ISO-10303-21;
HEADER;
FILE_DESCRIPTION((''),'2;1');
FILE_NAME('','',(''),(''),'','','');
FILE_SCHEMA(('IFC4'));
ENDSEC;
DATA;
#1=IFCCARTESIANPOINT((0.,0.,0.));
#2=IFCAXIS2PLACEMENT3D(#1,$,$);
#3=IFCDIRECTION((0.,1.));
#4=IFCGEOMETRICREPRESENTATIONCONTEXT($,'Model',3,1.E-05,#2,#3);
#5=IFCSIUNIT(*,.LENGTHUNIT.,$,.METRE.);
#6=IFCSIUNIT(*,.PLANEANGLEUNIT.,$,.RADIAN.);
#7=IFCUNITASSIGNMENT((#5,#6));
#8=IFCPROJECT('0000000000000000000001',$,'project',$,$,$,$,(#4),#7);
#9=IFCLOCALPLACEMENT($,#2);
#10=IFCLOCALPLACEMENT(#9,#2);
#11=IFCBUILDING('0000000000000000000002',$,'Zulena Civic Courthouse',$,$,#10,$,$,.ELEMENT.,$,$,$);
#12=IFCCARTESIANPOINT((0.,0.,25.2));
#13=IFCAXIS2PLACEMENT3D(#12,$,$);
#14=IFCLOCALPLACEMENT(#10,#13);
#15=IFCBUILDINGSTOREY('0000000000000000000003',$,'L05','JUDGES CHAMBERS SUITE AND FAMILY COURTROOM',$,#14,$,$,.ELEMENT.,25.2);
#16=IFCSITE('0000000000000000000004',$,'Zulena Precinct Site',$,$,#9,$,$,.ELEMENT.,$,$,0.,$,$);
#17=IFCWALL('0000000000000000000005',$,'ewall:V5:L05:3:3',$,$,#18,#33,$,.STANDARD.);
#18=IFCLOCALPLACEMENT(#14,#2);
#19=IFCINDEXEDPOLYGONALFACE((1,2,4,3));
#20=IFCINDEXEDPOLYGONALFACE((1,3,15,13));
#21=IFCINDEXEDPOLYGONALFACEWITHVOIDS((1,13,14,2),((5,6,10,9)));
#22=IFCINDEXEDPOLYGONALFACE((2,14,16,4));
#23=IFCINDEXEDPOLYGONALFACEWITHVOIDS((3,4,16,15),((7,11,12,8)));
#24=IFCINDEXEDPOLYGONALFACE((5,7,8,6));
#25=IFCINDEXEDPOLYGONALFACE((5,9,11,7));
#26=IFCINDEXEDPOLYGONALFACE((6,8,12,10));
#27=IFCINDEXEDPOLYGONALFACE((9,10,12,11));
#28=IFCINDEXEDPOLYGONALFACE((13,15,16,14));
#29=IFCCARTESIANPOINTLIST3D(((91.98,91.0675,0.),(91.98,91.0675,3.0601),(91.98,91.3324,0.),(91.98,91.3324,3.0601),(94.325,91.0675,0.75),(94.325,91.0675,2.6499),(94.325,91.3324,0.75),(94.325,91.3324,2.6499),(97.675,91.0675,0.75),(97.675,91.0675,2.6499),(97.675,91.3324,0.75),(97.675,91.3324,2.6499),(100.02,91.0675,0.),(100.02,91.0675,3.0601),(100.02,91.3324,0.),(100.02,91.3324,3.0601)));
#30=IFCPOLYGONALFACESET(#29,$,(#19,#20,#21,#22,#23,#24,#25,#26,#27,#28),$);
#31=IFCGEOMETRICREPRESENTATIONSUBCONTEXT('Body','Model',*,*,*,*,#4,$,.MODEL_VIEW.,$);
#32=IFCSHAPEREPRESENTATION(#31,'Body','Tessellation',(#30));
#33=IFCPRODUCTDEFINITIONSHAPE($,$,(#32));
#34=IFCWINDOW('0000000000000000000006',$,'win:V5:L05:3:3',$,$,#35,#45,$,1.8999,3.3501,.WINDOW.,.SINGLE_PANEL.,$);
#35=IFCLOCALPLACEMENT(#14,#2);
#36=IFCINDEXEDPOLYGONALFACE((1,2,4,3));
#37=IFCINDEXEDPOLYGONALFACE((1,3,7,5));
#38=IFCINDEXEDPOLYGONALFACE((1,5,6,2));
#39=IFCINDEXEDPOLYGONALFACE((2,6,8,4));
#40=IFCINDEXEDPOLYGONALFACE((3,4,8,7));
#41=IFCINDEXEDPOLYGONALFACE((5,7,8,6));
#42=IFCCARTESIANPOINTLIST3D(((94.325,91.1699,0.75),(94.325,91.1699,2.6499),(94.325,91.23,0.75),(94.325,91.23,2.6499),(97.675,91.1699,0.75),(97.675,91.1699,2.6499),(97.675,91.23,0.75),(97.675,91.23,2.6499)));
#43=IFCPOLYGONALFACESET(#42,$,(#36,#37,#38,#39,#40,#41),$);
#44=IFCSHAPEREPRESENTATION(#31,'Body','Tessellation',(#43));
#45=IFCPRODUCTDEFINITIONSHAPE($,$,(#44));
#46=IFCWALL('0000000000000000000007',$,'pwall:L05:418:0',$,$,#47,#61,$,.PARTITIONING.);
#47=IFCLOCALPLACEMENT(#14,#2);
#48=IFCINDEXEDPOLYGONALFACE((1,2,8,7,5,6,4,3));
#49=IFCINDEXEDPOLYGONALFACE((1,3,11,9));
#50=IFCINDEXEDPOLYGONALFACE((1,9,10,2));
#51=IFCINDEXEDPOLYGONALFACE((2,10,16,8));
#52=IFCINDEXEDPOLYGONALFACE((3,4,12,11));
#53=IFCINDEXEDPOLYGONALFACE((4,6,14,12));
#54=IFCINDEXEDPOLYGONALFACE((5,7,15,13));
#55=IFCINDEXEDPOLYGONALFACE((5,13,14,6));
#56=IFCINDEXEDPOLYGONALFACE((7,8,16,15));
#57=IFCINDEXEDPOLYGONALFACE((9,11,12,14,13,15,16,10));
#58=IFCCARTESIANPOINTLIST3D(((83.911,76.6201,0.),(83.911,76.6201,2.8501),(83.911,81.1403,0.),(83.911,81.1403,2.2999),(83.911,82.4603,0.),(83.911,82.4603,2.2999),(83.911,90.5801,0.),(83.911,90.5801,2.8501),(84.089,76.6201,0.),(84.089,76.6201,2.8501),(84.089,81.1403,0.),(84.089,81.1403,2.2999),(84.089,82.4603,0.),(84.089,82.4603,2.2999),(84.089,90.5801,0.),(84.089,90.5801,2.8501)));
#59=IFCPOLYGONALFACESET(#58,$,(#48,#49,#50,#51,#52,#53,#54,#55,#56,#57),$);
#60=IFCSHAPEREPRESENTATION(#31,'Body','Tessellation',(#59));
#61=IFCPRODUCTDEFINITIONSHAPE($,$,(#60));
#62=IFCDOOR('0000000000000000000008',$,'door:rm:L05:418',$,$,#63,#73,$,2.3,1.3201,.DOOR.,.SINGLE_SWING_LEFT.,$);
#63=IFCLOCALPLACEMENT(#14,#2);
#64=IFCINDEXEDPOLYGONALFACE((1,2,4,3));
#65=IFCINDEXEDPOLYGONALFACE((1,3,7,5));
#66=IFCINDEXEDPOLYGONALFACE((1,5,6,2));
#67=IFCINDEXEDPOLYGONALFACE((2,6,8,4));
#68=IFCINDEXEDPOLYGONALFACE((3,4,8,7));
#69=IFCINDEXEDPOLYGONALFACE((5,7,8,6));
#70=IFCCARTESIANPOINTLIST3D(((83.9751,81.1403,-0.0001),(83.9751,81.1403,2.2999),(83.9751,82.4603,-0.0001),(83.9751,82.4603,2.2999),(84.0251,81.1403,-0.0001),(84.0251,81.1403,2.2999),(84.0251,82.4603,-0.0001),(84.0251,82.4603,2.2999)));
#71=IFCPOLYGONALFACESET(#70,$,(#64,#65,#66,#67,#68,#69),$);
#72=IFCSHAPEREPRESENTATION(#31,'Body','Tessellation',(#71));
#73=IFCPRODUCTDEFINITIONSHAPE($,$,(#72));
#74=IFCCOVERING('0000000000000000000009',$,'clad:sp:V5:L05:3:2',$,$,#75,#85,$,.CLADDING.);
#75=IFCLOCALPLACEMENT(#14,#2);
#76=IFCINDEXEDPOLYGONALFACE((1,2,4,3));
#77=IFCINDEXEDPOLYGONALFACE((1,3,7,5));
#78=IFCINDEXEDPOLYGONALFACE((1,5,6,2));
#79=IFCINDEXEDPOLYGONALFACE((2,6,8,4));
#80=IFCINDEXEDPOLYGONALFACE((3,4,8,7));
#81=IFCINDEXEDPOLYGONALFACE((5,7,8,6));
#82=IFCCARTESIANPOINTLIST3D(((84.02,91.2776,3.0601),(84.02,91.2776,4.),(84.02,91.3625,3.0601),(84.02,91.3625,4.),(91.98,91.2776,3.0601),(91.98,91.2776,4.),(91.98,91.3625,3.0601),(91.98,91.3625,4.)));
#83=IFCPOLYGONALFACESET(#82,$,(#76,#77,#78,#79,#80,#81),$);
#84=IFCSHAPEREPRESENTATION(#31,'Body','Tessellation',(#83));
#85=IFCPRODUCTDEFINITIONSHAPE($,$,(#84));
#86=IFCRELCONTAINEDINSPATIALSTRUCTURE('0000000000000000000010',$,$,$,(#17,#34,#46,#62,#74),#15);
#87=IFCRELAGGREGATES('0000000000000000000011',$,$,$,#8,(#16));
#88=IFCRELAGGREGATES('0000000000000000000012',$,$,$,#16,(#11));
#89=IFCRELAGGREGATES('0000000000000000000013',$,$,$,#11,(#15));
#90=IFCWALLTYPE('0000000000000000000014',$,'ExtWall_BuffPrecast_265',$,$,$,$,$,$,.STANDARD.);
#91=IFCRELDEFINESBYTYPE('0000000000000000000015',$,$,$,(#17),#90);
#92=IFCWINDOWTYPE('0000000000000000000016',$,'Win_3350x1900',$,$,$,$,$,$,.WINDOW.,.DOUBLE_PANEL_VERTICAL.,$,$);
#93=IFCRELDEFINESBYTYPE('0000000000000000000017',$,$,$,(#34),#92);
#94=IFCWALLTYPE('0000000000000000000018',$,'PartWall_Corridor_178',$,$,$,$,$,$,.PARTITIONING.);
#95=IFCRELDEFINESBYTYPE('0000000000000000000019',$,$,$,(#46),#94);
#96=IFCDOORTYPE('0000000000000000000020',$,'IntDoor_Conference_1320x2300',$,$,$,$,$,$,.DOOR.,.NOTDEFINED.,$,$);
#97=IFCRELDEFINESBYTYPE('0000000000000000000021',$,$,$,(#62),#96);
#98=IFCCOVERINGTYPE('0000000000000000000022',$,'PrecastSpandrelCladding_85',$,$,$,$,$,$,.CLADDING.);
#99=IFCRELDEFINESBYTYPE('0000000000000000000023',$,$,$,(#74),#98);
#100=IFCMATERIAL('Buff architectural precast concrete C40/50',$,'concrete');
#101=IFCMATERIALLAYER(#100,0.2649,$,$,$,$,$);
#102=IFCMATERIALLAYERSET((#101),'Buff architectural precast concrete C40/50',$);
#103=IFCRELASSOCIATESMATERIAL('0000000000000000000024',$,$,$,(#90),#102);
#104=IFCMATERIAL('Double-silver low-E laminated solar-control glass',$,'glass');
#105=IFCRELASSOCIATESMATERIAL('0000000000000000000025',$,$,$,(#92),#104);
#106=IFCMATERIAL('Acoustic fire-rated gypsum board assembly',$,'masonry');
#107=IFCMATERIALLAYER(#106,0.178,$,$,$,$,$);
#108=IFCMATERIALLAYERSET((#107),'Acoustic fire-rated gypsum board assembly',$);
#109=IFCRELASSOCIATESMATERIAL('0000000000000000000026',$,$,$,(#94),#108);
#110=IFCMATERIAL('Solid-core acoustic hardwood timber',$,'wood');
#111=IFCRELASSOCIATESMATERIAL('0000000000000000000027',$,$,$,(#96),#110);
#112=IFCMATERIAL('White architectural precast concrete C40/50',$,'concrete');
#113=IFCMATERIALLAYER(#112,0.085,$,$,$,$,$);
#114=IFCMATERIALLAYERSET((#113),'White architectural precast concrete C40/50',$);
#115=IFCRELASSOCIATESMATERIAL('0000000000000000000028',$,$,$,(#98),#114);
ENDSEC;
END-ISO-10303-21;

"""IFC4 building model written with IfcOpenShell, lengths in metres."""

from ifc_helpers import new_model, si_unit, direction, frame, frame_2d, origin, origin_2d, place, context, subcontext, project, spatial, rectangle, extrude, material, layer, layer_set, type_object, element, fill, save


model = new_model("IFC4")

# Units and contexts
model_context = context("Model", 3, precision=1e-05, world=origin(), true_north=direction((0.0, 1.0)))
body_context = subcontext(model_context, "Body", "Model", "MODEL_VIEW")
ifc_project = project(units=[si_unit("LENGTHUNIT", "METRE"), si_unit("PLANEANGLEUNIT", "RADIAN")], contexts=[model_context])

# Site, building, storey
site_placement = place(None, origin())
site = spatial("IfcSite", under=ifc_project, at=site_placement, Name="Zulena Precinct Site", CompositionType="ELEMENT", RefElevation=0.0)
building_placement = place(site_placement, origin())
building = spatial("IfcBuilding", under=site, at=building_placement, Name="Zulena Civic Courthouse", CompositionType="ELEMENT")
storey_placement = place(building_placement, frame((0.0, 0.0, 25.2)))
storey = spatial("IfcBuildingStorey", under=building, at=storey_placement, Name="L05", Description="JUDGES CHAMBERS SUITE AND FAMILY COURTROOM", CompositionType="ELEMENT", Elevation=25.2)

# Wall, opening, window
ifc_material_1 = material(Name="Buff architectural precast concrete C40/50", Category="concrete")
ifc_layer_1 = layer(ifc_material_1, 0.2649)
ifc_layer_set_1 = layer_set([ifc_layer_1], Name="Buff architectural precast concrete C40/50")
wall_type_1 = type_object("IfcWallType", Name="ExtWall_BuffPrecast_265", PredefinedType="STANDARD", material=ifc_layer_set_1)
wall_1_placement = place(storey_placement, frame((91.98, 91.2, 0.0), z_axis=(0.0, 0.0, 1.0), x_axis=(1.0, 0.0, 0.0)))
wall_1 = element("IfcWall", 1, at=wall_1_placement, inside=storey, type_object=wall_type_1, Name="ewall:V5:L05:3:3", PredefinedType="STANDARD", context=body_context, shape_type="SweptSolid", body=[
    extrude(rectangle(XDim=8.04, YDim=0.2649, at=frame_2d((4.02, 0.0))), origin(), (0.0, 0.0, 1.0), 3.0601),
])
opening_1_placement = place(wall_1_placement, frame((2.345, 0.0, 0.75)))
opening_1 = element("IfcOpeningElement", 2, at=opening_1_placement, cuts=wall_1, PredefinedType="OPENING", context=body_context, shape_type="SweptSolid", body=[
    extrude(rectangle(XDim=3.3501, YDim=1.8999, at=frame_2d((1.675, 0.95))), frame((0.0, 0.1423, 0.0), z_axis=(0.0, -1.0, 0.0), x_axis=(1.0, 0.0, 0.0)), (0.0, 0.0, 1.0), 0.2849),
])
ifc_material_2 = material(Name="Double-silver low-E laminated solar-control glass", Category="glass")
window_type = type_object("IfcWindowType", Name="Win_3350x1900", PartitioningType="DOUBLE_PANEL_VERTICAL", PredefinedType="WINDOW", material=ifc_material_2)
window_placement = place(opening_1_placement, origin())
window = element("IfcWindow", 3, at=window_placement, inside=storey, type_object=window_type, Name="win:V5:L05:3:3", OverallHeight=1.8999, OverallWidth=3.3501, PartitioningType="SINGLE_PANEL", PredefinedType="WINDOW", context=body_context, shape_type="SweptSolid", body=[
    extrude(rectangle(XDim=3.3501, YDim=1.8999, at=frame_2d((1.675, 0.95))), frame((0.0, 0.03, 0.0), z_axis=(0.0, -1.0, 0.0), x_axis=(1.0, 0.0, 0.0)), (0.0, 0.0, 1.0), 0.0601),
])
fill(opening_1, window)

# Wall, opening, door
ifc_material_3 = material(Name="Acoustic fire-rated gypsum board assembly", Category="masonry")
ifc_layer_2 = layer(ifc_material_3, 0.178)
ifc_layer_set_2 = layer_set([ifc_layer_2], Name="Acoustic fire-rated gypsum board assembly")
wall_type_2 = type_object("IfcWallType", Name="PartWall_Corridor_178", PredefinedType="PARTITIONING", material=ifc_layer_set_2)
wall_2_placement = place(storey_placement, frame((84.0, 76.6201, 0.0), z_axis=(0.0, 0.0, 1.0), x_axis=(0.0, 1.0, 0.0)))
wall_2 = element("IfcWall", 4, at=wall_2_placement, inside=storey, type_object=wall_type_2, Name="pwall:L05:418:0", PredefinedType="PARTITIONING", context=body_context, shape_type="SweptSolid", body=[
    extrude(rectangle(XDim=13.96, YDim=0.178, at=frame_2d((6.98, 0.0))), origin(), (0.0, 0.0, 1.0), 2.8501),
])
opening_2_placement = place(wall_2_placement, frame((4.52, 0.0, 0.0)))
opening_2 = element("IfcOpeningElement", 5, at=opening_2_placement, cuts=wall_2, PredefinedType="OPENING", context=body_context, shape_type="SweptSolid", body=[
    extrude(rectangle(XDim=1.3201, YDim=2.3, at=frame_2d((0.6602, 1.1499))), frame((0.0, 0.0989, 0.0), z_axis=(0.0, -1.0, 0.0), x_axis=(1.0, 0.0, 0.0)), (0.0, 0.0, 1.0), 0.198),
])
ifc_material_4 = material(Name="Solid-core acoustic hardwood timber", Category="wood")
door_type = type_object("IfcDoorType", Name="IntDoor_Conference_1320x2300", OperationType="NOTDEFINED", PredefinedType="DOOR", material=ifc_material_4)
door_placement = place(opening_2_placement, origin())
door = element("IfcDoor", 6, at=door_placement, inside=storey, type_object=door_type, Name="door:rm:L05:418", OperationType="SINGLE_SWING_LEFT", OverallHeight=2.3, OverallWidth=1.3201, PredefinedType="DOOR", context=body_context, shape_type="SweptSolid", body=[
    extrude(rectangle(XDim=1.3201, YDim=2.3, at=frame_2d((0.6602, 1.1499))), frame((0.0, 0.0249, 0.0), z_axis=(0.0, -1.0, 0.0), x_axis=(1.0, 0.0, 0.0)), (0.0, 0.0, 1.0), 0.05),
])
fill(opening_2, door)

# Covering
ifc_material_5 = material(Name="White architectural precast concrete C40/50", Category="concrete")
ifc_layer_3 = layer(ifc_material_5, 0.085)
ifc_layer_set_3 = layer_set([ifc_layer_3], Name="White architectural precast concrete C40/50")
covering_type = type_object("IfcCoveringType", Name="PrecastSpandrelCladding_85", PredefinedType="CLADDING", material=ifc_layer_set_3)
covering_placement = place(storey_placement, frame((88.0, 91.3201, 3.0601), z_axis=(0.0, 0.0, 1.0), x_axis=(1.0, 0.0, 0.0)))
element("IfcCovering", 7, at=covering_placement, inside=storey, type_object=covering_type, Name="clad:sp:V5:L05:3:2", PredefinedType="CLADDING", context=body_context, shape_type="SweptSolid", body=[
    extrude(rectangle(XDim=7.96, YDim=0.085, at=origin_2d()), origin(), (0.0, 0.0, 1.0), 0.9399),
])

save(model, "model.ifc")
